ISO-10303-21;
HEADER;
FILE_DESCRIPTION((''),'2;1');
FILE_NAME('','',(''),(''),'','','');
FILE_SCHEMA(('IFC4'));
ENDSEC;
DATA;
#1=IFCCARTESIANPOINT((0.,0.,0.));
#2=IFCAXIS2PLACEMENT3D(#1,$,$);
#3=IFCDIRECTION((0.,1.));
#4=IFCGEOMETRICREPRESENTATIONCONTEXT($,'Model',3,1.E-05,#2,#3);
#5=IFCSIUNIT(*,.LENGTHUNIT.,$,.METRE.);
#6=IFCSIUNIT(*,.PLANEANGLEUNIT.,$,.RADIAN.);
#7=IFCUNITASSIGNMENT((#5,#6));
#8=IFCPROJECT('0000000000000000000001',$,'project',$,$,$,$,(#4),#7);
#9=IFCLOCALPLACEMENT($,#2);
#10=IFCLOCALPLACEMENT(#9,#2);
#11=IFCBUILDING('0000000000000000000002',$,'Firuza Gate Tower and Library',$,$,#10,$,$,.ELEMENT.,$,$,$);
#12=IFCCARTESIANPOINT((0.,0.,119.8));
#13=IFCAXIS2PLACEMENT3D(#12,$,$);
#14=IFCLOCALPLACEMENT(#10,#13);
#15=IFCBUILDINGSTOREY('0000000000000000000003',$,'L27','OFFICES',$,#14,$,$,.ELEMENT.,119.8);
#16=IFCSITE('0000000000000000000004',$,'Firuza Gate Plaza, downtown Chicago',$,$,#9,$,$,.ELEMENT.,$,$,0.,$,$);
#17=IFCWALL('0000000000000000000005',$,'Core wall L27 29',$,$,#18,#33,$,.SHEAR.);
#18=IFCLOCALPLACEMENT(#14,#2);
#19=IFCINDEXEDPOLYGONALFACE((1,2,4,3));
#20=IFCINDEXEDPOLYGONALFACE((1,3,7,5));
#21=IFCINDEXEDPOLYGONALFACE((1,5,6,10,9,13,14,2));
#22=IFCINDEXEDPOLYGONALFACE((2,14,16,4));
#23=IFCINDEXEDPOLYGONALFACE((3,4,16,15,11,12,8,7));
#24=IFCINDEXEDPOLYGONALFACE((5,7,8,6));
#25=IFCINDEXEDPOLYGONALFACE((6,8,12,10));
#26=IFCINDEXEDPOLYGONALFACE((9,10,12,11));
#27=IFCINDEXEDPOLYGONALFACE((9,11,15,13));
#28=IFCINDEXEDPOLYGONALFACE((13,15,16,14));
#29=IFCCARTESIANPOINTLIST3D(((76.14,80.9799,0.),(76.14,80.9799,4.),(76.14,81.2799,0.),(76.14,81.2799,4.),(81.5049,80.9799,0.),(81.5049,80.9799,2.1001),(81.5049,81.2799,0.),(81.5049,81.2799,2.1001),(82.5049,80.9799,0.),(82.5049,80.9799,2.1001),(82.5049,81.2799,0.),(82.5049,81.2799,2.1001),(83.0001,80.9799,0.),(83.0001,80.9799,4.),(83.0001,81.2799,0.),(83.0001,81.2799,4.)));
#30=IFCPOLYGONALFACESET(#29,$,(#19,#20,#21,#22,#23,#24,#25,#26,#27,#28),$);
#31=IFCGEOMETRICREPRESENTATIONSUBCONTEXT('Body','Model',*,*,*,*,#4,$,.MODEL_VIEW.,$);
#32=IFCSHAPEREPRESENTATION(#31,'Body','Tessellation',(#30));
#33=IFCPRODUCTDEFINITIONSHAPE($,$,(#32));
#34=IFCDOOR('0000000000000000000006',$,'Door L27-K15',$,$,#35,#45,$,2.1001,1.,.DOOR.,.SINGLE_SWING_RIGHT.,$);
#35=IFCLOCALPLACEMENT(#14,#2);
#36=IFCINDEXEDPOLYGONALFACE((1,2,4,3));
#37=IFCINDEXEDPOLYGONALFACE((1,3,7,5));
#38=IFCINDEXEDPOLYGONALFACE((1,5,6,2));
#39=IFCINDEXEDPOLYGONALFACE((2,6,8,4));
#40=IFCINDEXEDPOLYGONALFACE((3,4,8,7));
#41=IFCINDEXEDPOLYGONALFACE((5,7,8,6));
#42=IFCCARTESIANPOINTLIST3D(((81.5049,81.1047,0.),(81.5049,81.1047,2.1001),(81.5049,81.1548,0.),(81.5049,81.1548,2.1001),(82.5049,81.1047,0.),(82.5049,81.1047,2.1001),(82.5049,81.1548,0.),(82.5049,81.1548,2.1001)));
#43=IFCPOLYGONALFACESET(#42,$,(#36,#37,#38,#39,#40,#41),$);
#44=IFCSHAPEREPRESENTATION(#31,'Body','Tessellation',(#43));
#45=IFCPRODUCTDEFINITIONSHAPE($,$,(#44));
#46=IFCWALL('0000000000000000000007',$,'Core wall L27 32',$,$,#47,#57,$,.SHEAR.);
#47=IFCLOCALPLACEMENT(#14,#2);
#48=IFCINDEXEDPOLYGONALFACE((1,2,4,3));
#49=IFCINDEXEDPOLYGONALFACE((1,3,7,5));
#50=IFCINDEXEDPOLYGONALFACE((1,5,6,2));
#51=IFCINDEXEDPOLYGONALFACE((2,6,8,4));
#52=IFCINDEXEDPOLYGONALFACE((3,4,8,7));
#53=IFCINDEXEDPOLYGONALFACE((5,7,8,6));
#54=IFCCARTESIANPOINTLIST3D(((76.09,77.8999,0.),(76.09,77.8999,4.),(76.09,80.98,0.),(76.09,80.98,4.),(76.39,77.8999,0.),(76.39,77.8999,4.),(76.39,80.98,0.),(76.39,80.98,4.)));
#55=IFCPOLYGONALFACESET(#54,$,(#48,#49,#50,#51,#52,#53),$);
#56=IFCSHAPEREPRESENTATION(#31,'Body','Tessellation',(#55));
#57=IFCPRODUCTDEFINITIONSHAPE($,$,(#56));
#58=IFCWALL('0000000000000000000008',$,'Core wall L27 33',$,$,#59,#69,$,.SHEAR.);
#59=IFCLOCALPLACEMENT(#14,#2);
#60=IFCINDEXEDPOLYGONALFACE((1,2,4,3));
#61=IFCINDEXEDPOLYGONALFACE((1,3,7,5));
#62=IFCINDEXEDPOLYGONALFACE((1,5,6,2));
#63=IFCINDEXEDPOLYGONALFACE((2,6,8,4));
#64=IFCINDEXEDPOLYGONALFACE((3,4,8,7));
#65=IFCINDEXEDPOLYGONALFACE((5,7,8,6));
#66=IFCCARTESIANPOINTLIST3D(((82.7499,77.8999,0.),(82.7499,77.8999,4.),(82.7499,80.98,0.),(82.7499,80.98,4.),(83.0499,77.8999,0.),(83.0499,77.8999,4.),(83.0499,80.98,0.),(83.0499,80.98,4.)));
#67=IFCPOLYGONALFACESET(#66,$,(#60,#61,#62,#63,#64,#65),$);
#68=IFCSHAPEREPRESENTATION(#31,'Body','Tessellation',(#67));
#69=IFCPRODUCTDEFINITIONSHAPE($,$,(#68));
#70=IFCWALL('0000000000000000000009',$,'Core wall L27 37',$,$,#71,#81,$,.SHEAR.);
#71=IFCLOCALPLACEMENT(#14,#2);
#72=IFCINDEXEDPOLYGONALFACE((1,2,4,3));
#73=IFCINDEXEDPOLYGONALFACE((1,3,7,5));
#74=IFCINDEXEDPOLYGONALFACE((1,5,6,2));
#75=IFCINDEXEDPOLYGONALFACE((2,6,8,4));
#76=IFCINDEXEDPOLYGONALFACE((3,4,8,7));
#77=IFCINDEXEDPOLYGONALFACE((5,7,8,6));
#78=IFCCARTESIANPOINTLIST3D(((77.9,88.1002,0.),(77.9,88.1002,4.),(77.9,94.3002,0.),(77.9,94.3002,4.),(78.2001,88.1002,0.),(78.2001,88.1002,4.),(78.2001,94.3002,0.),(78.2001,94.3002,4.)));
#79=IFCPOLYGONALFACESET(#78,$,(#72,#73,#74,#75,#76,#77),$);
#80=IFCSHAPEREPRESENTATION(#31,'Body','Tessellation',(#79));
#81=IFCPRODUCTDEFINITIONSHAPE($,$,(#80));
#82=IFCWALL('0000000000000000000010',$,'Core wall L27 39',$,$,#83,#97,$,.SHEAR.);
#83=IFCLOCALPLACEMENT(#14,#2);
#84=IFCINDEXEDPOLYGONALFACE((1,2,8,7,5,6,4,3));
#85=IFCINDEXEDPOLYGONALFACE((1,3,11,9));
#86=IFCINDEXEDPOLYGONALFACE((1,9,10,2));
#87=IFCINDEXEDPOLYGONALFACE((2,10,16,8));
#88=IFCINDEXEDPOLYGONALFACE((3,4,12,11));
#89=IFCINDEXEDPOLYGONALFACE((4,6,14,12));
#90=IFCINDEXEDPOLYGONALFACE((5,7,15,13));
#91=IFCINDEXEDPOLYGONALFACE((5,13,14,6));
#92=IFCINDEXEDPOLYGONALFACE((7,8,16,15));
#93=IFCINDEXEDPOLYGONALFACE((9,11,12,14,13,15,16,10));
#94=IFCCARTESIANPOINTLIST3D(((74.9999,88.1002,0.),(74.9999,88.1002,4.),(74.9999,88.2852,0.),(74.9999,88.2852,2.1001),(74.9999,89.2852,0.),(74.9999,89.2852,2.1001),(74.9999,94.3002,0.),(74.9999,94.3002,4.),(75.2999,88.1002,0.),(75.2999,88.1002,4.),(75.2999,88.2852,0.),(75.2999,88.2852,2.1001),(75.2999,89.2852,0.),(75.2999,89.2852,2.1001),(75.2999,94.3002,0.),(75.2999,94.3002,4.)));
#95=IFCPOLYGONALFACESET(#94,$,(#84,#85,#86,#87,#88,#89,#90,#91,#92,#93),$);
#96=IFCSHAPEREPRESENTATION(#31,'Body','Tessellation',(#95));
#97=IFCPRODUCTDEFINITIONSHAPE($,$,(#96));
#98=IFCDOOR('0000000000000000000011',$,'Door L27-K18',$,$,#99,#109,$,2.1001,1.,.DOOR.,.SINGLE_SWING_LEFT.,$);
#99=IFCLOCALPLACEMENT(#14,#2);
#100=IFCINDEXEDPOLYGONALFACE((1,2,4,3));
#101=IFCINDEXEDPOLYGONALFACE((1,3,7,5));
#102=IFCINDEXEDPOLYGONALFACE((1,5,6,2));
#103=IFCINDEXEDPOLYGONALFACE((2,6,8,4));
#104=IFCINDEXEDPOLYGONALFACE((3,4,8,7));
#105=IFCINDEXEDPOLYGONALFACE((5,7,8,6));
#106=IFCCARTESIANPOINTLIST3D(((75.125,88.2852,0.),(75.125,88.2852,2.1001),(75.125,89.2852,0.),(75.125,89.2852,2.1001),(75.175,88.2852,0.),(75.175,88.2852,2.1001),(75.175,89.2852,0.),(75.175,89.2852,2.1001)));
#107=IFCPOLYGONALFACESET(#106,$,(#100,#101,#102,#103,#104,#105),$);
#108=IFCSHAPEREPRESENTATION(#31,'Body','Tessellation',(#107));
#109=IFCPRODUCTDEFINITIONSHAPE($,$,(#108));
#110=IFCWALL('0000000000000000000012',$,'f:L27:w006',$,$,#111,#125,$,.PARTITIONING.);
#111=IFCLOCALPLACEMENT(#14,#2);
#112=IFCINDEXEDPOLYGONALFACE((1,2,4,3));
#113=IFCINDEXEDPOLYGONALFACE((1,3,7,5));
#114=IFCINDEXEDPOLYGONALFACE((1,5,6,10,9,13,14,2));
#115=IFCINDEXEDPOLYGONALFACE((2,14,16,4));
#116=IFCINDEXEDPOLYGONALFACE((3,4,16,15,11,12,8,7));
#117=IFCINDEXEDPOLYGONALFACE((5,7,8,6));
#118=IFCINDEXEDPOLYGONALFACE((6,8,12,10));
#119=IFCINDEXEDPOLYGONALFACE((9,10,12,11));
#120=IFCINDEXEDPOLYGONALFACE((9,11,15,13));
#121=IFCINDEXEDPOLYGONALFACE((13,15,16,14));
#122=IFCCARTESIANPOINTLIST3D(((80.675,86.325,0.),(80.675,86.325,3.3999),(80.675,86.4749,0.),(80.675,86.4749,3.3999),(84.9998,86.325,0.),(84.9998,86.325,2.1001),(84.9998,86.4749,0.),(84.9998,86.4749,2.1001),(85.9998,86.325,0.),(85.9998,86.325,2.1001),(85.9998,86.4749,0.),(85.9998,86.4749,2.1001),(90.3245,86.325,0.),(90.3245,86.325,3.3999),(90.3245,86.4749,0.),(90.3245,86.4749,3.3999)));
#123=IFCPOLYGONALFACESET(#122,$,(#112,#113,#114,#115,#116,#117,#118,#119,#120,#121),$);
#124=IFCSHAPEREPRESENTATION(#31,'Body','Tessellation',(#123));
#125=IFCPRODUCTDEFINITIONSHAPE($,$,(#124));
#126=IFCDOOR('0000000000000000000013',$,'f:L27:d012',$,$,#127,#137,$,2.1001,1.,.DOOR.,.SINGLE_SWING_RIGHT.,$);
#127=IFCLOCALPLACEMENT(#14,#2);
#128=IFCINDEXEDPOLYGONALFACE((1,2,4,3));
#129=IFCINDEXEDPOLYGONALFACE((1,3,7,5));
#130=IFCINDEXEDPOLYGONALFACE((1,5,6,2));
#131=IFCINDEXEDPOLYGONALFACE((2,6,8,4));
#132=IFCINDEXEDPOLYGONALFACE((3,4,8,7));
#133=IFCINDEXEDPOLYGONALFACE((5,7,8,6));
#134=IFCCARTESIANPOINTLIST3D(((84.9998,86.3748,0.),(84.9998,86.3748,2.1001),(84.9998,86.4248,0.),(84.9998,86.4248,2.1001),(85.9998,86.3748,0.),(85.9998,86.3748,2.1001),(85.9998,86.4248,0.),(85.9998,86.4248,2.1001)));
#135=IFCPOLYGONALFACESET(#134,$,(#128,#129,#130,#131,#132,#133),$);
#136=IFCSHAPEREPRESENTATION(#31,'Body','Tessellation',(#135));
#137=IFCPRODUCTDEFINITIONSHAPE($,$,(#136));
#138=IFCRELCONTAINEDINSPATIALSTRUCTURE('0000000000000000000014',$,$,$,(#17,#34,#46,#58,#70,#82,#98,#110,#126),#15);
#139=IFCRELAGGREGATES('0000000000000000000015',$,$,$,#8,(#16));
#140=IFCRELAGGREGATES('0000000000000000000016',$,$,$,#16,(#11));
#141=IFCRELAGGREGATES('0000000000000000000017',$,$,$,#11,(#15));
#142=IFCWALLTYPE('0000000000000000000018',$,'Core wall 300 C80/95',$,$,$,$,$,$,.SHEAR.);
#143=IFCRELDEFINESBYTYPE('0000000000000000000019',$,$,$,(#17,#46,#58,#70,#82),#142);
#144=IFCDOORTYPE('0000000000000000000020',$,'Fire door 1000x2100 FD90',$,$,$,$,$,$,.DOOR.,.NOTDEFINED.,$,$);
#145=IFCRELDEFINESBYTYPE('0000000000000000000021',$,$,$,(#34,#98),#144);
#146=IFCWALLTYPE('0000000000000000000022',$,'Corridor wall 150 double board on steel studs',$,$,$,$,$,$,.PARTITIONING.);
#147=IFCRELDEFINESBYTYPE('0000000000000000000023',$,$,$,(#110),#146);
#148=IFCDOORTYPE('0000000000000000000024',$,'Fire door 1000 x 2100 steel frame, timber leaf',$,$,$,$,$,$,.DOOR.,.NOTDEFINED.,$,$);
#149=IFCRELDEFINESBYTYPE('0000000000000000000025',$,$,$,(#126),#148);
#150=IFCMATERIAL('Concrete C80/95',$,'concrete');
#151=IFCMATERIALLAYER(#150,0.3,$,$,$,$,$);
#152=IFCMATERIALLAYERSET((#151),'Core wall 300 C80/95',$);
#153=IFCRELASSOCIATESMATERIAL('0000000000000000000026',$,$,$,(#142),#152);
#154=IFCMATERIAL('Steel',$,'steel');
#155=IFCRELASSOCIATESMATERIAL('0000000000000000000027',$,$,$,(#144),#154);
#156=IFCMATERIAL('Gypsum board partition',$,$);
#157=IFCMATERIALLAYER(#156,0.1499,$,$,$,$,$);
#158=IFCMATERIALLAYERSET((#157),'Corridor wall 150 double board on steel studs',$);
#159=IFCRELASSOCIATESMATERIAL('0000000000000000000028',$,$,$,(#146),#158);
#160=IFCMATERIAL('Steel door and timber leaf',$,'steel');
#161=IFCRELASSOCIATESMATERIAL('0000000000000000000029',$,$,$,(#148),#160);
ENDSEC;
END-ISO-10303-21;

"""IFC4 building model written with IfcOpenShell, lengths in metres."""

from ifc_helpers import new_model, si_unit, direction, frame, frame_2d, origin, place, context, subcontext, project, spatial, rectangle, extrude, material, layer, layer_set, type_object, element, fill, save


model = new_model("IFC4")

# Units and contexts
model_context = context("Model", 3, precision=1e-05, world=origin(), true_north=direction((0.0, 1.0)))
body_context = subcontext(model_context, "Body", "Model", "MODEL_VIEW")
ifc_project = project(units=[si_unit("LENGTHUNIT", "METRE"), si_unit("PLANEANGLEUNIT", "RADIAN")], contexts=[model_context])

# Site, building, storey
site_placement = place(None, origin())
site = spatial("IfcSite", under=ifc_project, at=site_placement, Name="Firuza Gate Plaza, downtown Chicago", CompositionType="ELEMENT", RefElevation=0.0)
building_placement = place(site_placement, origin())
building = spatial("IfcBuilding", under=site, at=building_placement, Name="Firuza Gate Tower and Library", CompositionType="ELEMENT")
storey_placement = place(building_placement, frame((0.0, 0.0, 119.8)))
storey = spatial("IfcBuildingStorey", under=building, at=storey_placement, Name="L27", Description="OFFICES", CompositionType="ELEMENT", Elevation=119.8)

# Shared definitions
ifc_material_1 = material(Name="Concrete C80/95", Category="concrete")
ifc_layer_1 = layer(ifc_material_1, 0.3)
ifc_layer_set_1 = layer_set([ifc_layer_1], Name="Core wall 300 C80/95")
wall_type_1 = type_object("IfcWallType", Name="Core wall 300 C80/95", PredefinedType="SHEAR", material=ifc_layer_set_1)

# Wall, opening, door
wall_1_placement = place(storey_placement, frame((76.1399, 81.1299, 0.0), z_axis=(0.0, 0.0, 1.0), x_axis=(1.0, 0.0, 0.0)))
wall_1 = element("IfcWall", 1, at=wall_1_placement, inside=storey, type_object=wall_type_1, Name="Core wall L27 29", PredefinedType="SHEAR", context=body_context, shape_type="SweptSolid", body=[
    extrude(rectangle(XDim=6.8601, YDim=0.3, at=frame_2d((3.4302, 0.0))), origin(), (0.0, 0.0, 1.0), 4.0),
])
opening_1_placement = place(wall_1_placement, frame((5.365, 0.0, 0.0)))
opening_1 = element("IfcOpeningElement", 2, at=opening_1_placement, cuts=wall_1, PredefinedType="OPENING", context=body_context, shape_type="SweptSolid", body=[
    extrude(rectangle(XDim=1.0, YDim=2.1001, at=frame_2d((0.5, 1.05))), frame((0.0, 0.1602, 0.0), z_axis=(0.0, -1.0, 0.0), x_axis=(1.0, 0.0, 0.0)), (0.0, 0.0, 1.0), 0.3201),
])
ifc_material_2 = material(Name="Steel", Category="steel")
door_type_1 = type_object("IfcDoorType", Name="Fire door 1000x2100 FD90", OperationType="NOTDEFINED", PredefinedType="DOOR", material=ifc_material_2)
door_1_placement = place(opening_1_placement, origin())
door_1 = element("IfcDoor", 3, at=door_1_placement, inside=storey, type_object=door_type_1, Name="Door L27-K15", OperationType="SINGLE_SWING_RIGHT", OverallHeight=2.1001, OverallWidth=1.0, PredefinedType="DOOR", context=body_context, shape_type="SweptSolid", body=[
    extrude(rectangle(XDim=1.0, YDim=2.1001, at=frame_2d((0.5, 1.05))), frame((0.0, 0.0249, 0.0), z_axis=(0.0, -1.0, 0.0), x_axis=(1.0, 0.0, 0.0)), (0.0, 0.0, 1.0), 0.05),
])
fill(opening_1, door_1)

# Walls
for number, where, z_axis, x_axis, name in (
    (4, (76.24, 77.8999, 0.0), (0.0, 0.0, 1.0), (0.0, 1.0, 0.0), "Core wall L27 32"),
    (5, (82.8999, 77.8999, 0.0), (0.0, 0.0, 1.0), (0.0, 1.0, 0.0), "Core wall L27 33"),
):
    element("IfcWall", number, at=place(storey_placement, frame(where, z_axis=z_axis, x_axis=x_axis)), inside=storey, type_object=wall_type_1, Name=name, PredefinedType="SHEAR", context=body_context, shape_type="SweptSolid", body=[
        extrude(rectangle(XDim=3.0801, YDim=0.3, at=frame_2d((1.54, 0.0))), origin(), (0.0, 0.0, 1.0), 4.0),
    ])
wall_2_placement = place(storey_placement, frame((78.05, 88.1001, 0.0), z_axis=(0.0, 0.0, 1.0), x_axis=(0.0, 1.0, 0.0)))
element("IfcWall", 6, at=wall_2_placement, inside=storey, type_object=wall_type_1, Name="Core wall L27 37", PredefinedType="SHEAR", context=body_context, shape_type="SweptSolid", body=[
    extrude(rectangle(XDim=6.2, YDim=0.3, at=frame_2d((3.1001, 0.0))), origin(), (0.0, 0.0, 1.0), 4.0),
])

# Walls, openings, doors
wall_3_placement = place(storey_placement, frame((75.1499, 88.1001, 0.0), z_axis=(0.0, 0.0, 1.0), x_axis=(0.0, 1.0, 0.0)))
wall_3 = element("IfcWall", 7, at=wall_3_placement, inside=storey, type_object=wall_type_1, Name="Core wall L27 39", PredefinedType="SHEAR", context=body_context, shape_type="SweptSolid", body=[
    extrude(rectangle(XDim=6.2, YDim=0.3, at=frame_2d((3.1001, 0.0))), origin(), (0.0, 0.0, 1.0), 4.0),
])
opening_2_placement = place(wall_3_placement, frame((0.1851, 0.0, 0.0)))
opening_2 = element("IfcOpeningElement", 8, at=opening_2_placement, cuts=wall_3, PredefinedType="OPENING", context=body_context, shape_type="SweptSolid", body=[
    extrude(rectangle(XDim=1.0, YDim=2.1001, at=frame_2d((0.5, 1.05))), frame((0.0, 0.1602, 0.0), z_axis=(0.0, -1.0, 0.0), x_axis=(1.0, 0.0, 0.0)), (0.0, 0.0, 1.0), 0.3201),
])
door_2_placement = place(opening_2_placement, origin())
door_2 = element("IfcDoor", 9, at=door_2_placement, inside=storey, type_object=door_type_1, Name="Door L27-K18", OperationType="SINGLE_SWING_LEFT", OverallHeight=2.1001, OverallWidth=1.0, PredefinedType="DOOR", context=body_context, shape_type="SweptSolid", body=[
    extrude(rectangle(XDim=1.0, YDim=2.1001, at=frame_2d((0.5, 1.05))), frame((0.0, 0.0249, 0.0), z_axis=(0.0, -1.0, 0.0), x_axis=(1.0, 0.0, 0.0)), (0.0, 0.0, 1.0), 0.05),
])
fill(opening_2, door_2)
ifc_material_3 = material(Name="Gypsum board partition")
ifc_layer_2 = layer(ifc_material_3, 0.1499)
ifc_layer_set_2 = layer_set([ifc_layer_2], Name="Corridor wall 150 double board on steel studs")
wall_type_2 = type_object("IfcWallType", Name="Corridor wall 150 double board on steel studs", PredefinedType="PARTITIONING", material=ifc_layer_set_2)
wall_4_placement = place(storey_placement, frame((80.675, 86.3999, 0.0), z_axis=(0.0, 0.0, 1.0), x_axis=(1.0, 0.0, 0.0)))
wall_4 = element("IfcWall", 10, at=wall_4_placement, inside=storey, type_object=wall_type_2, Name="f:L27:w006", PredefinedType="PARTITIONING", context=body_context, shape_type="SweptSolid", body=[
    extrude(rectangle(XDim=9.6494, YDim=0.1499, at=frame_2d((4.8247, 0.0))), origin(), (0.0, 0.0, 1.0), 3.3999),
])
opening_3_placement = place(wall_4_placement, frame((4.3247, 0.0, 0.0)))
opening_3 = element("IfcOpeningElement", 11, at=opening_3_placement, cuts=wall_4, PredefinedType="OPENING", context=body_context, shape_type="SweptSolid", body=[
    extrude(rectangle(XDim=1.0, YDim=2.1001, at=frame_2d((0.5, 1.05))), frame((0.0, 0.085, 0.0), z_axis=(0.0, -1.0, 0.0), x_axis=(1.0, 0.0, 0.0)), (0.0, 0.0, 1.0), 0.1699),
])
ifc_material_4 = material(Name="Steel door and timber leaf", Category="steel")
door_type_2 = type_object("IfcDoorType", Name="Fire door 1000 x 2100 steel frame, timber leaf", OperationType="NOTDEFINED", PredefinedType="DOOR", material=ifc_material_4)
door_3_placement = place(opening_3_placement, origin())
door_3 = element("IfcDoor", 12, at=door_3_placement, inside=storey, type_object=door_type_2, Name="f:L27:d012", OperationType="SINGLE_SWING_RIGHT", OverallHeight=2.1001, OverallWidth=1.0, PredefinedType="DOOR", context=body_context, shape_type="SweptSolid", body=[
    extrude(rectangle(XDim=1.0, YDim=2.1001, at=frame_2d((0.5, 1.05))), frame((0.0, 0.0249, 0.0), z_axis=(0.0, -1.0, 0.0), x_axis=(1.0, 0.0, 0.0)), (0.0, 0.0, 1.0), 0.05),
])
fill(opening_3, door_3)

save(model, "model.ifc")
